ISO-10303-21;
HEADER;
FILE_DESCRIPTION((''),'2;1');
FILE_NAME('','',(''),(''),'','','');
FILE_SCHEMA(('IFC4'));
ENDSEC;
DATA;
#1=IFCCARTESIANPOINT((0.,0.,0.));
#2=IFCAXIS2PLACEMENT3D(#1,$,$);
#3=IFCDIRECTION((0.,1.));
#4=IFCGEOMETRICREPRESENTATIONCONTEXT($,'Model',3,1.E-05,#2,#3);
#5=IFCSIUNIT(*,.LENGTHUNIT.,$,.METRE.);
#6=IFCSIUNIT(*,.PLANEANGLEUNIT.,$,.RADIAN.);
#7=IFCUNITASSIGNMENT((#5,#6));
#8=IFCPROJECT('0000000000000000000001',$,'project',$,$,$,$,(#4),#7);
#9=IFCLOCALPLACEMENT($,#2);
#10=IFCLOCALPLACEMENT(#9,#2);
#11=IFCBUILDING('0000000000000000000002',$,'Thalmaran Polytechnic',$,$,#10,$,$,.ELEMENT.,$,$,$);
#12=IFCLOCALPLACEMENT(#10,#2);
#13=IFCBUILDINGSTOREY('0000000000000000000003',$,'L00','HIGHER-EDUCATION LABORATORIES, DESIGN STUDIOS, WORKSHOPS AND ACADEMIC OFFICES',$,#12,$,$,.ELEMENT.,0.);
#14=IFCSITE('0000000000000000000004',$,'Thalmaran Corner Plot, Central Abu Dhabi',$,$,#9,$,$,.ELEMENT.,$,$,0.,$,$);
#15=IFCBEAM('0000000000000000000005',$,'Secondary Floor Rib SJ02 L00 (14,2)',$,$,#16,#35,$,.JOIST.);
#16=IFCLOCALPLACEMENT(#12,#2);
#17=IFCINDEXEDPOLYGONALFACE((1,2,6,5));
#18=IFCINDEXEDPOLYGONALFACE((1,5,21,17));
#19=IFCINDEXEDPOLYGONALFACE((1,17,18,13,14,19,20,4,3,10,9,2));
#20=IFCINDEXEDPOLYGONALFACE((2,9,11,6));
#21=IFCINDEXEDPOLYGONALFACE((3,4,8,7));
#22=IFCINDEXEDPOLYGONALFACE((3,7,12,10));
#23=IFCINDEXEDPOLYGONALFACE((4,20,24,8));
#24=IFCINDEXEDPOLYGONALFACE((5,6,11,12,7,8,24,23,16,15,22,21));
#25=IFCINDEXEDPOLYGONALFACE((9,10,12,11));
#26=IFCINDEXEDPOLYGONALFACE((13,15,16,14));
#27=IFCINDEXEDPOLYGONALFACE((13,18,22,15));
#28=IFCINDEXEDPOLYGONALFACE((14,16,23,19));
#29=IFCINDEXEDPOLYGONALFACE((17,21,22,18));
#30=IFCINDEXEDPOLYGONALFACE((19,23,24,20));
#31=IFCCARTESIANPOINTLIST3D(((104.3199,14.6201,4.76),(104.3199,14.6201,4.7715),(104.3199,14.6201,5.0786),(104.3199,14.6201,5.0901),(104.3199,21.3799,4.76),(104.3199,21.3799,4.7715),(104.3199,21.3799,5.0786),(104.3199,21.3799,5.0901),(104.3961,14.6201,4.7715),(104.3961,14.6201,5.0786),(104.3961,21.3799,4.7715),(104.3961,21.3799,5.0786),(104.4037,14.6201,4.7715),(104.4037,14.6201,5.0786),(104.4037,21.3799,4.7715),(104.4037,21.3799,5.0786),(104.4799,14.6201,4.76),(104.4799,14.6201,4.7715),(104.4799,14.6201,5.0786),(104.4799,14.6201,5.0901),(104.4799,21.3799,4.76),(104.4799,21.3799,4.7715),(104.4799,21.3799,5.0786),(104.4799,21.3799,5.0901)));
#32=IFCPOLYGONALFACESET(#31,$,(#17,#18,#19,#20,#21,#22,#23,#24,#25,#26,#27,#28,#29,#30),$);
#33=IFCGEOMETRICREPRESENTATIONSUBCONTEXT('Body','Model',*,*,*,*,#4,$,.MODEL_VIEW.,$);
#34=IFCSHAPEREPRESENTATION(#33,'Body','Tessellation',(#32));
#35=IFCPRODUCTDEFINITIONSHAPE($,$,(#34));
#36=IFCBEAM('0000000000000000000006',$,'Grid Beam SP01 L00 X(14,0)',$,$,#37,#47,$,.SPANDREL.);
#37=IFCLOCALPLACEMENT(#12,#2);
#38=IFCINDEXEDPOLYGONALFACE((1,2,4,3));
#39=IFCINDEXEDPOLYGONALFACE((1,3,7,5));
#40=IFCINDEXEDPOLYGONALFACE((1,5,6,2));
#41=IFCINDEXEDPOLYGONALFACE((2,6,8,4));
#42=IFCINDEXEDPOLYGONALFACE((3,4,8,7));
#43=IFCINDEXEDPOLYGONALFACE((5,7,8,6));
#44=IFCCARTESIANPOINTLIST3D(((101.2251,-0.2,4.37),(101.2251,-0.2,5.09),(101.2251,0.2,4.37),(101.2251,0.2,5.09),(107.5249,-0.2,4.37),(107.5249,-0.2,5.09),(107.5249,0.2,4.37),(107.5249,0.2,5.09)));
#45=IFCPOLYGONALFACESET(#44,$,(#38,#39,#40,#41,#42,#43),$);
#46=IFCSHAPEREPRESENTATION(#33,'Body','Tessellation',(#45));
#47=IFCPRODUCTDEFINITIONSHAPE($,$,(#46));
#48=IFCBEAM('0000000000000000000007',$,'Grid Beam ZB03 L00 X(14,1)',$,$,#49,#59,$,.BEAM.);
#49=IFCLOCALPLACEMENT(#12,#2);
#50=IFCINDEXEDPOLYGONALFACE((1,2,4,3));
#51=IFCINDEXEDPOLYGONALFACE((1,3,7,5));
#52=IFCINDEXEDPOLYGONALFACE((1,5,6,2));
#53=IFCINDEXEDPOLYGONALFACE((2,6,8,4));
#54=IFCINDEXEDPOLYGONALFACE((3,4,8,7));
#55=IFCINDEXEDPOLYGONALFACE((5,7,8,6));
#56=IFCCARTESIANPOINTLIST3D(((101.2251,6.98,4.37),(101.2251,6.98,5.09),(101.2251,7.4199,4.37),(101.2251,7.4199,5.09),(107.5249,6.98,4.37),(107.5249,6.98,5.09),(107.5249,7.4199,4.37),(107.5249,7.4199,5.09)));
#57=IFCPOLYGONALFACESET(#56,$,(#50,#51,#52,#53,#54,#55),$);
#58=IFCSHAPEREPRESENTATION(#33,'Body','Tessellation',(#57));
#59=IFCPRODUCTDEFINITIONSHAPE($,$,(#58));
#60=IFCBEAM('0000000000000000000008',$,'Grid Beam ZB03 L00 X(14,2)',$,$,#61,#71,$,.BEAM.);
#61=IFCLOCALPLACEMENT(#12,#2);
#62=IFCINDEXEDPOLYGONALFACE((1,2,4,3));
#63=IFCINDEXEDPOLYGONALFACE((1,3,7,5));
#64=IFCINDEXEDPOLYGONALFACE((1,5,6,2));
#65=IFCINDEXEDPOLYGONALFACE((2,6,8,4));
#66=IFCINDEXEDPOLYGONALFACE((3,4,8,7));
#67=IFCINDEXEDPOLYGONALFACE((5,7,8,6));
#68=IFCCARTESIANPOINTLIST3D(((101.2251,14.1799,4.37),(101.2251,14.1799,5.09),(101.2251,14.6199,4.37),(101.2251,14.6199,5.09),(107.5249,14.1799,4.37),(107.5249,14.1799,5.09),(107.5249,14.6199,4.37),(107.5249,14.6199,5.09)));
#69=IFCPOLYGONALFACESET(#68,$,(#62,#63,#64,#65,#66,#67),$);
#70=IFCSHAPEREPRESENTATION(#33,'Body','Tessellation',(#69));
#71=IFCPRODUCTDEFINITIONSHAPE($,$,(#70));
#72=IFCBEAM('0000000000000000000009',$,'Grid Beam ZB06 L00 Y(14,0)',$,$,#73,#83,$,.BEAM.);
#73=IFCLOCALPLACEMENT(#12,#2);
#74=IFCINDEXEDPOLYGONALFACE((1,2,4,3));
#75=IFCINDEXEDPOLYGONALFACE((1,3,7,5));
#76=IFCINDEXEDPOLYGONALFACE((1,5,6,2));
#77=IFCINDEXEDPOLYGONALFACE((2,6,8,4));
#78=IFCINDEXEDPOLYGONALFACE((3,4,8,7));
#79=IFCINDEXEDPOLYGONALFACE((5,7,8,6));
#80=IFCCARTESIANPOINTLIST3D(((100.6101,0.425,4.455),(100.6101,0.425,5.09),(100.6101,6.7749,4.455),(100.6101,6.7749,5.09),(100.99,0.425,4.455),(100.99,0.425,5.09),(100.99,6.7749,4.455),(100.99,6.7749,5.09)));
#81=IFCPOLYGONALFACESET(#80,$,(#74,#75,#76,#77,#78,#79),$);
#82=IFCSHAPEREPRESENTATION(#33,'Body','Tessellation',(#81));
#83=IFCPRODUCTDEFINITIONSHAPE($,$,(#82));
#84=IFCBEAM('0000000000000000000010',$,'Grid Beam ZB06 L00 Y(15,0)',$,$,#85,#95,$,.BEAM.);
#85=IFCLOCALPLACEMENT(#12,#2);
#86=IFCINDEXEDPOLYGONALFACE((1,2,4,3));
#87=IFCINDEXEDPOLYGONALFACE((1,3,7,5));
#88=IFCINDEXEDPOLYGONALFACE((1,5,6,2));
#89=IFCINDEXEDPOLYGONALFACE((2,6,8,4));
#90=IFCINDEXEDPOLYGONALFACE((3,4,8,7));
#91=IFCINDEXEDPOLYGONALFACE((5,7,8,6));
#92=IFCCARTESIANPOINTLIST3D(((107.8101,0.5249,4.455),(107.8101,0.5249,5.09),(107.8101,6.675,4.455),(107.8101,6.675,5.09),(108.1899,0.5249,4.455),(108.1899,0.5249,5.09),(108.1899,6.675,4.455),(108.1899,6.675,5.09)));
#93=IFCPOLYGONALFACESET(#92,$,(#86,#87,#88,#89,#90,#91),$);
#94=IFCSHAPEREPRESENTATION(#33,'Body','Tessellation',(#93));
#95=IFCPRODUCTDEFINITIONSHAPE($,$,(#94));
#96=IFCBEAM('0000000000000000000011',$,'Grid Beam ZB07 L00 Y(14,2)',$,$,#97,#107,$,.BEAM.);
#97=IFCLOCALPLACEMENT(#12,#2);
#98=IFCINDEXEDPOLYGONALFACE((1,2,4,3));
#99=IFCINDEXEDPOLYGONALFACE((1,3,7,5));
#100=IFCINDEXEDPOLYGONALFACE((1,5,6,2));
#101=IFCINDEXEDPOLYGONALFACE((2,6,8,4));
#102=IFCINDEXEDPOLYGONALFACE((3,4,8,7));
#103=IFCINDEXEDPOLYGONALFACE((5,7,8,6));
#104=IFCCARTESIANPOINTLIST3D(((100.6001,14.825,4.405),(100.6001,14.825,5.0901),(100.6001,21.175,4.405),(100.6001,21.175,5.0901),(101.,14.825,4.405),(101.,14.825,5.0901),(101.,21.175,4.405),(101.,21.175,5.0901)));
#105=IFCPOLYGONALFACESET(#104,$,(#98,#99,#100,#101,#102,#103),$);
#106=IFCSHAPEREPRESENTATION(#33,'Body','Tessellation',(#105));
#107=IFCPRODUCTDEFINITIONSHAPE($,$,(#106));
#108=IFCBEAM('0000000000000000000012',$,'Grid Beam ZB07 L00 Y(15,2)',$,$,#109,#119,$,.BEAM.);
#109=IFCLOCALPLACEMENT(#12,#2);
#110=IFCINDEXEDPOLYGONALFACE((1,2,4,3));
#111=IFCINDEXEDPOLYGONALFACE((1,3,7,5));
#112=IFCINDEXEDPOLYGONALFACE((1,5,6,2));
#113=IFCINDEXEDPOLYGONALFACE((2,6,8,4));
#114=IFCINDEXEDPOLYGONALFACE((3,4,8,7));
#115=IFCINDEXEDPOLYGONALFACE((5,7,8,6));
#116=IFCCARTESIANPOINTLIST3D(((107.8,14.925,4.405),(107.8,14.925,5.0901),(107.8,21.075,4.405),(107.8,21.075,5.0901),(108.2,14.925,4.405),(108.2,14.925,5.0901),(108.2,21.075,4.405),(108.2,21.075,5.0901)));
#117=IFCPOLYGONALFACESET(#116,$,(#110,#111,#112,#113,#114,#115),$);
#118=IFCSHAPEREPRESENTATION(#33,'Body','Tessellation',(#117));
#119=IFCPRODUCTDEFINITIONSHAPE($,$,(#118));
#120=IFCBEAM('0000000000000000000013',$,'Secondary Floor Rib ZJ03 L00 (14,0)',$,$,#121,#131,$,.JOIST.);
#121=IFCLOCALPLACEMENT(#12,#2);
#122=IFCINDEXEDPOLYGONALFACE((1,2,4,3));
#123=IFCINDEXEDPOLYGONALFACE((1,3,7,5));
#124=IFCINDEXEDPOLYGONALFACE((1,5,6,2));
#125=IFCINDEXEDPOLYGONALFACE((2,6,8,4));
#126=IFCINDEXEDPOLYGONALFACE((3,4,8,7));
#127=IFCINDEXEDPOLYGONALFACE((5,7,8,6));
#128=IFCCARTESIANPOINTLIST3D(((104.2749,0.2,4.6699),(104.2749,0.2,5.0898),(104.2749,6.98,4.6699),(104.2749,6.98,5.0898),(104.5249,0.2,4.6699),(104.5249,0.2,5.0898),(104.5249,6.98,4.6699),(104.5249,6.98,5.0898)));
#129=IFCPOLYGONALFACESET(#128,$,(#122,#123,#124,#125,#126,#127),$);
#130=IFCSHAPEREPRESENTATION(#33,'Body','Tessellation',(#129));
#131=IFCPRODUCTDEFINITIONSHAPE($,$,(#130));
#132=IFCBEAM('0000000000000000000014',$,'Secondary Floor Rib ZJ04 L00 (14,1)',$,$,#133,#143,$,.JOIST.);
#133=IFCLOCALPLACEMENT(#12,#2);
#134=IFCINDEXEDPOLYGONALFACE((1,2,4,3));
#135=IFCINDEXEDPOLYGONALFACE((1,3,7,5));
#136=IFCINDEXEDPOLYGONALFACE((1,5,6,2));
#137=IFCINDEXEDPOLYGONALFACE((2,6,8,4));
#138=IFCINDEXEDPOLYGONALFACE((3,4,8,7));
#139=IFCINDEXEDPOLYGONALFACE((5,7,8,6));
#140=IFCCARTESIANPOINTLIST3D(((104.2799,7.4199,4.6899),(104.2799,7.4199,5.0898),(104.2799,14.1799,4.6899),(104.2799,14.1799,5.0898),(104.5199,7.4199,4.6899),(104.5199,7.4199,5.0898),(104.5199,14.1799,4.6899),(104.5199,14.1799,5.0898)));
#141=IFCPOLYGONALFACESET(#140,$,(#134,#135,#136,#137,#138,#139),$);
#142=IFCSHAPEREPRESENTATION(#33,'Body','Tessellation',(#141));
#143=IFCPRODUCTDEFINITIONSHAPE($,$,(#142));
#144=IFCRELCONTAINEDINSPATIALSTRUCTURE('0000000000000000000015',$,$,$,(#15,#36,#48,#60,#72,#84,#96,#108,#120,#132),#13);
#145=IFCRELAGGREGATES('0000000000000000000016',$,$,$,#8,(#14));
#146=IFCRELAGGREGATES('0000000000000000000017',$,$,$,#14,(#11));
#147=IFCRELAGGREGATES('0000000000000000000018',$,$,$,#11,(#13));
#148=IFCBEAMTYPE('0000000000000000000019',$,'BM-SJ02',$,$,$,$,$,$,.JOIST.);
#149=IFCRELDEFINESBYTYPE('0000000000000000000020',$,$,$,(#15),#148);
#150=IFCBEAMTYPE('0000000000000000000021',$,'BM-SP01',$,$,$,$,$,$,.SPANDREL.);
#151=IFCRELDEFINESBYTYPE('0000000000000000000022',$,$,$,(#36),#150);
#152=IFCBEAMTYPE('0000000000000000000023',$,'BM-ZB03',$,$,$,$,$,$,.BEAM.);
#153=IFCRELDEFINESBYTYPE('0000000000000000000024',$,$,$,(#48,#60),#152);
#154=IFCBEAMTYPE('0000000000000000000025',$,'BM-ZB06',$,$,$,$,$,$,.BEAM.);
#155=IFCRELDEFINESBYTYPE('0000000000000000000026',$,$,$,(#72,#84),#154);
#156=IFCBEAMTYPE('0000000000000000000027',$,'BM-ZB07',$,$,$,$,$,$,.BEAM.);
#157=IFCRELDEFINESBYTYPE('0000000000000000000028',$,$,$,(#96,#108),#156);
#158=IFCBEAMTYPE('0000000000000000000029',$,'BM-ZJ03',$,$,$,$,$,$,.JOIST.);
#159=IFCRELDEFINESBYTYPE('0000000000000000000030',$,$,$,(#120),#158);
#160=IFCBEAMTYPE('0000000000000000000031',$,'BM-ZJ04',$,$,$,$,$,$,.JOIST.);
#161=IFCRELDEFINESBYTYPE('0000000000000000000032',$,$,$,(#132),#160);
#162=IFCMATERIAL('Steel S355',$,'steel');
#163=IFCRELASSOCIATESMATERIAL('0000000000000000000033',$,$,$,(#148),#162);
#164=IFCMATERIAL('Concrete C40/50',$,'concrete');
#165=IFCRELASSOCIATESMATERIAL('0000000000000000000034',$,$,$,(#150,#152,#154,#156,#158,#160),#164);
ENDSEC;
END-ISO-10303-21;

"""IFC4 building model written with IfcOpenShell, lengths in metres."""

from ifc_helpers import new_model, si_unit, direction, frame, origin, origin_2d, place, context, subcontext, project, spatial, rectangle, i_section, extrude, material, material_profile, profile_set, type_object, element, save


model = new_model("IFC4")

# Units and contexts
model_context = context("Model", 3, precision=1e-05, world=origin(), true_north=direction((0.0, 1.0)))
body_context = subcontext(model_context, "Body", "Model", "MODEL_VIEW")
ifc_project = project(units=[si_unit("LENGTHUNIT", "METRE"), si_unit("PLANEANGLEUNIT", "RADIAN")], contexts=[model_context])

# Site, building, storey
site_placement = place(None, origin())
site = spatial("IfcSite", under=ifc_project, at=site_placement, Name="Thalmaran Corner Plot, Central Abu Dhabi", CompositionType="ELEMENT", RefElevation=0.0)
building_placement = place(site_placement, origin())
building = spatial("IfcBuilding", under=site, at=building_placement, Name="Thalmaran Polytechnic", CompositionType="ELEMENT")
storey_placement = place(building_placement, origin())
storey = spatial("IfcBuildingStorey", under=building, at=storey_placement, Name="L00", Description="HIGHER-EDUCATION LABORATORIES, DESIGN STUDIOS, WORKSHOPS AND ACADEMIC OFFICES", CompositionType="ELEMENT", Elevation=0.0)

# Shared definitions
ifc_material_1 = material(Name="Concrete C40/50", Category="concrete")

# Beams
ifc_material_2 = material(Name="Steel S355", Category="steel")
ifc_material_profile_1 = material_profile(ifc_material_2, i_section(OverallWidth=0.1599, OverallDepth=0.3301, WebThickness=0.0076, FlangeThickness=0.0115, at=origin_2d()), Name="IPE 330")
ifc_profile_set_1 = profile_set([ifc_material_profile_1], Name="Steel S355")
beam_type_1 = type_object("IfcBeamType", Name="BM-SJ02", PredefinedType="JOIST", material=ifc_profile_set_1)
beam_1_placement = place(storey_placement, frame((104.3999, 14.6201, 4.925), z_axis=(0.0, 1.0, 0.0), x_axis=(-1.0, 0.0, 0.0)))
element("IfcBeam", 1, at=beam_1_placement, inside=storey, type_object=beam_type_1, Name="Secondary Floor Rib SJ02 L00 (14,2)", PredefinedType="JOIST", context=body_context, shape_type="SweptSolid", body=[
    extrude(i_section(OverallWidth=0.1599, OverallDepth=0.3301, WebThickness=0.0076, FlangeThickness=0.0115, at=origin_2d()), origin(), (0.0, 0.0, 1.0), 6.7598),
])
ifc_material_profile_2 = material_profile(ifc_material_1, rectangle(XDim=0.3999, YDim=0.72, at=origin_2d()), Name="RC 400x720")
ifc_profile_set_2 = profile_set([ifc_material_profile_2], Name="Concrete C40/50")
beam_type_2 = type_object("IfcBeamType", Name="BM-SP01", PredefinedType="SPANDREL", material=ifc_profile_set_2)
beam_2_placement = place(storey_placement, frame((101.2251, 0.0, 4.73), z_axis=(1.0, 0.0, 0.0), x_axis=(0.0, 1.0, 0.0)))
element("IfcBeam", 2, at=beam_2_placement, inside=storey, type_object=beam_type_2, Name="Grid Beam SP01 L00 X(14,0)", PredefinedType="SPANDREL", context=body_context, shape_type="SweptSolid", body=[
    extrude(rectangle(XDim=0.3999, YDim=0.72, at=origin_2d()), origin(), (0.0, 0.0, 1.0), 6.2998),
])
ifc_material_profile_3 = material_profile(ifc_material_1, rectangle(XDim=0.4399, YDim=0.72, at=origin_2d()), Name="RC 440x720")
ifc_profile_set_3 = profile_set([ifc_material_profile_3], Name="Concrete C40/50")
beam_type_3 = type_object("IfcBeamType", Name="BM-ZB03", PredefinedType="BEAM", material=ifc_profile_set_3)
for number, where, z_axis, x_axis, name in (
    (3, (101.2251, 7.2, 4.73), (1.0, 0.0, 0.0), (0.0, 1.0, 0.0), "Grid Beam ZB03 L00 X(14,1)"),
    (4, (101.2251, 14.3999, 4.73), (1.0, 0.0, 0.0), (0.0, 1.0, 0.0), "Grid Beam ZB03 L00 X(14,2)"),
):
    element("IfcBeam", number, at=place(storey_placement, frame(where, z_axis=z_axis, x_axis=x_axis)), inside=storey, type_object=beam_type_3, Name=name, PredefinedType="BEAM", context=body_context, shape_type="SweptSolid", body=[
        extrude(rectangle(XDim=0.4399, YDim=0.72, at=origin_2d()), origin(), (0.0, 0.0, 1.0), 6.2998),
    ])
ifc_material_profile_4 = material_profile(ifc_material_1, rectangle(XDim=0.3799, YDim=0.635, at=origin_2d()), Name="RC 380x635")
ifc_profile_set_4 = profile_set([ifc_material_profile_4], Name="Concrete C40/50")
beam_type_4 = type_object("IfcBeamType", Name="BM-ZB06", PredefinedType="BEAM", material=ifc_profile_set_4)
beam_3_placement = place(storey_placement, frame((100.8, 0.425, 4.7725), z_axis=(0.0, 1.0, 0.0), x_axis=(-1.0, 0.0, 0.0)))
element("IfcBeam", 5, at=beam_3_placement, inside=storey, type_object=beam_type_4, Name="Grid Beam ZB06 L00 Y(14,0)", PredefinedType="BEAM", context=body_context, shape_type="SweptSolid", body=[
    extrude(rectangle(XDim=0.3799, YDim=0.635, at=origin_2d()), origin(), (0.0, 0.0, 1.0), 6.3499),
])
beam_4_placement = place(storey_placement, frame((108.0, 0.5249, 4.7725), z_axis=(0.0, 1.0, 0.0), x_axis=(-1.0, 0.0, 0.0)))
element("IfcBeam", 6, at=beam_4_placement, inside=storey, type_object=beam_type_4, Name="Grid Beam ZB06 L00 Y(15,0)", PredefinedType="BEAM", context=body_context, shape_type="SweptSolid", body=[
    extrude(rectangle(XDim=0.3799, YDim=0.635, at=origin_2d()), origin(), (0.0, 0.0, 1.0), 6.1501),
])
ifc_material_profile_5 = material_profile(ifc_material_1, rectangle(XDim=0.3999, YDim=0.6851, at=origin_2d()), Name="RC 400x685")
ifc_profile_set_5 = profile_set([ifc_material_profile_5], Name="Concrete C40/50")
beam_type_5 = type_object("IfcBeamType", Name="BM-ZB07", PredefinedType="BEAM", material=ifc_profile_set_5)
beam_5_placement = place(storey_placement, frame((100.8, 14.825, 4.7476), z_axis=(0.0, 1.0, 0.0), x_axis=(-1.0, 0.0, 0.0)))
element("IfcBeam", 7, at=beam_5_placement, inside=storey, type_object=beam_type_5, Name="Grid Beam ZB07 L00 Y(14,2)", PredefinedType="BEAM", context=body_context, shape_type="SweptSolid", body=[
    extrude(rectangle(XDim=0.3999, YDim=0.6851, at=origin_2d()), origin(), (0.0, 0.0, 1.0), 6.3501),
])
beam_6_placement = place(storey_placement, frame((108.0, 14.925, 4.7476), z_axis=(0.0, 1.0, 0.0), x_axis=(-1.0, 0.0, 0.0)))
element("IfcBeam", 8, at=beam_6_placement, inside=storey, type_object=beam_type_5, Name="Grid Beam ZB07 L00 Y(15,2)", PredefinedType="BEAM", context=body_context, shape_type="SweptSolid", body=[
    extrude(rectangle(XDim=0.3999, YDim=0.6851, at=origin_2d()), origin(), (0.0, 0.0, 1.0), 6.1499),
])
ifc_material_profile_6 = material_profile(ifc_material_1, rectangle(XDim=0.25, YDim=0.4199, at=origin_2d()), Name="RC 250x420")
ifc_profile_set_6 = profile_set([ifc_material_profile_6], Name="Concrete C40/50")
beam_type_6 = type_object("IfcBeamType", Name="BM-ZJ03", PredefinedType="JOIST", material=ifc_profile_set_6)
beam_7_placement = place(storey_placement, frame((104.3999, 0.2, 4.8799), z_axis=(0.0, 1.0, 0.0), x_axis=(-1.0, 0.0, 0.0)))
element("IfcBeam", 9, at=beam_7_placement, inside=storey, type_object=beam_type_6, Name="Secondary Floor Rib ZJ03 L00 (14,0)", PredefinedType="JOIST", context=body_context, shape_type="SweptSolid", body=[
    extrude(rectangle(XDim=0.25, YDim=0.4199, at=origin_2d()), origin(), (0.0, 0.0, 1.0), 6.78),
])
ifc_material_profile_7 = material_profile(ifc_material_1, rectangle(XDim=0.24, YDim=0.3999, at=origin_2d()), Name="RC 240x400")
ifc_profile_set_7 = profile_set([ifc_material_profile_7], Name="Concrete C40/50")
beam_type_7 = type_object("IfcBeamType", Name="BM-ZJ04", PredefinedType="JOIST", material=ifc_profile_set_7)
beam_8_placement = place(storey_placement, frame((104.3999, 7.4199, 4.8899), z_axis=(0.0, 1.0, 0.0), x_axis=(-1.0, 0.0, 0.0)))
element("IfcBeam", 10, at=beam_8_placement, inside=storey, type_object=beam_type_7, Name="Secondary Floor Rib ZJ04 L00 (14,1)", PredefinedType="JOIST", context=body_context, shape_type="SweptSolid", body=[
    extrude(rectangle(XDim=0.24, YDim=0.3999, at=origin_2d()), origin(), (0.0, 0.0, 1.0), 6.76),
])

save(model, "model.ifc")
